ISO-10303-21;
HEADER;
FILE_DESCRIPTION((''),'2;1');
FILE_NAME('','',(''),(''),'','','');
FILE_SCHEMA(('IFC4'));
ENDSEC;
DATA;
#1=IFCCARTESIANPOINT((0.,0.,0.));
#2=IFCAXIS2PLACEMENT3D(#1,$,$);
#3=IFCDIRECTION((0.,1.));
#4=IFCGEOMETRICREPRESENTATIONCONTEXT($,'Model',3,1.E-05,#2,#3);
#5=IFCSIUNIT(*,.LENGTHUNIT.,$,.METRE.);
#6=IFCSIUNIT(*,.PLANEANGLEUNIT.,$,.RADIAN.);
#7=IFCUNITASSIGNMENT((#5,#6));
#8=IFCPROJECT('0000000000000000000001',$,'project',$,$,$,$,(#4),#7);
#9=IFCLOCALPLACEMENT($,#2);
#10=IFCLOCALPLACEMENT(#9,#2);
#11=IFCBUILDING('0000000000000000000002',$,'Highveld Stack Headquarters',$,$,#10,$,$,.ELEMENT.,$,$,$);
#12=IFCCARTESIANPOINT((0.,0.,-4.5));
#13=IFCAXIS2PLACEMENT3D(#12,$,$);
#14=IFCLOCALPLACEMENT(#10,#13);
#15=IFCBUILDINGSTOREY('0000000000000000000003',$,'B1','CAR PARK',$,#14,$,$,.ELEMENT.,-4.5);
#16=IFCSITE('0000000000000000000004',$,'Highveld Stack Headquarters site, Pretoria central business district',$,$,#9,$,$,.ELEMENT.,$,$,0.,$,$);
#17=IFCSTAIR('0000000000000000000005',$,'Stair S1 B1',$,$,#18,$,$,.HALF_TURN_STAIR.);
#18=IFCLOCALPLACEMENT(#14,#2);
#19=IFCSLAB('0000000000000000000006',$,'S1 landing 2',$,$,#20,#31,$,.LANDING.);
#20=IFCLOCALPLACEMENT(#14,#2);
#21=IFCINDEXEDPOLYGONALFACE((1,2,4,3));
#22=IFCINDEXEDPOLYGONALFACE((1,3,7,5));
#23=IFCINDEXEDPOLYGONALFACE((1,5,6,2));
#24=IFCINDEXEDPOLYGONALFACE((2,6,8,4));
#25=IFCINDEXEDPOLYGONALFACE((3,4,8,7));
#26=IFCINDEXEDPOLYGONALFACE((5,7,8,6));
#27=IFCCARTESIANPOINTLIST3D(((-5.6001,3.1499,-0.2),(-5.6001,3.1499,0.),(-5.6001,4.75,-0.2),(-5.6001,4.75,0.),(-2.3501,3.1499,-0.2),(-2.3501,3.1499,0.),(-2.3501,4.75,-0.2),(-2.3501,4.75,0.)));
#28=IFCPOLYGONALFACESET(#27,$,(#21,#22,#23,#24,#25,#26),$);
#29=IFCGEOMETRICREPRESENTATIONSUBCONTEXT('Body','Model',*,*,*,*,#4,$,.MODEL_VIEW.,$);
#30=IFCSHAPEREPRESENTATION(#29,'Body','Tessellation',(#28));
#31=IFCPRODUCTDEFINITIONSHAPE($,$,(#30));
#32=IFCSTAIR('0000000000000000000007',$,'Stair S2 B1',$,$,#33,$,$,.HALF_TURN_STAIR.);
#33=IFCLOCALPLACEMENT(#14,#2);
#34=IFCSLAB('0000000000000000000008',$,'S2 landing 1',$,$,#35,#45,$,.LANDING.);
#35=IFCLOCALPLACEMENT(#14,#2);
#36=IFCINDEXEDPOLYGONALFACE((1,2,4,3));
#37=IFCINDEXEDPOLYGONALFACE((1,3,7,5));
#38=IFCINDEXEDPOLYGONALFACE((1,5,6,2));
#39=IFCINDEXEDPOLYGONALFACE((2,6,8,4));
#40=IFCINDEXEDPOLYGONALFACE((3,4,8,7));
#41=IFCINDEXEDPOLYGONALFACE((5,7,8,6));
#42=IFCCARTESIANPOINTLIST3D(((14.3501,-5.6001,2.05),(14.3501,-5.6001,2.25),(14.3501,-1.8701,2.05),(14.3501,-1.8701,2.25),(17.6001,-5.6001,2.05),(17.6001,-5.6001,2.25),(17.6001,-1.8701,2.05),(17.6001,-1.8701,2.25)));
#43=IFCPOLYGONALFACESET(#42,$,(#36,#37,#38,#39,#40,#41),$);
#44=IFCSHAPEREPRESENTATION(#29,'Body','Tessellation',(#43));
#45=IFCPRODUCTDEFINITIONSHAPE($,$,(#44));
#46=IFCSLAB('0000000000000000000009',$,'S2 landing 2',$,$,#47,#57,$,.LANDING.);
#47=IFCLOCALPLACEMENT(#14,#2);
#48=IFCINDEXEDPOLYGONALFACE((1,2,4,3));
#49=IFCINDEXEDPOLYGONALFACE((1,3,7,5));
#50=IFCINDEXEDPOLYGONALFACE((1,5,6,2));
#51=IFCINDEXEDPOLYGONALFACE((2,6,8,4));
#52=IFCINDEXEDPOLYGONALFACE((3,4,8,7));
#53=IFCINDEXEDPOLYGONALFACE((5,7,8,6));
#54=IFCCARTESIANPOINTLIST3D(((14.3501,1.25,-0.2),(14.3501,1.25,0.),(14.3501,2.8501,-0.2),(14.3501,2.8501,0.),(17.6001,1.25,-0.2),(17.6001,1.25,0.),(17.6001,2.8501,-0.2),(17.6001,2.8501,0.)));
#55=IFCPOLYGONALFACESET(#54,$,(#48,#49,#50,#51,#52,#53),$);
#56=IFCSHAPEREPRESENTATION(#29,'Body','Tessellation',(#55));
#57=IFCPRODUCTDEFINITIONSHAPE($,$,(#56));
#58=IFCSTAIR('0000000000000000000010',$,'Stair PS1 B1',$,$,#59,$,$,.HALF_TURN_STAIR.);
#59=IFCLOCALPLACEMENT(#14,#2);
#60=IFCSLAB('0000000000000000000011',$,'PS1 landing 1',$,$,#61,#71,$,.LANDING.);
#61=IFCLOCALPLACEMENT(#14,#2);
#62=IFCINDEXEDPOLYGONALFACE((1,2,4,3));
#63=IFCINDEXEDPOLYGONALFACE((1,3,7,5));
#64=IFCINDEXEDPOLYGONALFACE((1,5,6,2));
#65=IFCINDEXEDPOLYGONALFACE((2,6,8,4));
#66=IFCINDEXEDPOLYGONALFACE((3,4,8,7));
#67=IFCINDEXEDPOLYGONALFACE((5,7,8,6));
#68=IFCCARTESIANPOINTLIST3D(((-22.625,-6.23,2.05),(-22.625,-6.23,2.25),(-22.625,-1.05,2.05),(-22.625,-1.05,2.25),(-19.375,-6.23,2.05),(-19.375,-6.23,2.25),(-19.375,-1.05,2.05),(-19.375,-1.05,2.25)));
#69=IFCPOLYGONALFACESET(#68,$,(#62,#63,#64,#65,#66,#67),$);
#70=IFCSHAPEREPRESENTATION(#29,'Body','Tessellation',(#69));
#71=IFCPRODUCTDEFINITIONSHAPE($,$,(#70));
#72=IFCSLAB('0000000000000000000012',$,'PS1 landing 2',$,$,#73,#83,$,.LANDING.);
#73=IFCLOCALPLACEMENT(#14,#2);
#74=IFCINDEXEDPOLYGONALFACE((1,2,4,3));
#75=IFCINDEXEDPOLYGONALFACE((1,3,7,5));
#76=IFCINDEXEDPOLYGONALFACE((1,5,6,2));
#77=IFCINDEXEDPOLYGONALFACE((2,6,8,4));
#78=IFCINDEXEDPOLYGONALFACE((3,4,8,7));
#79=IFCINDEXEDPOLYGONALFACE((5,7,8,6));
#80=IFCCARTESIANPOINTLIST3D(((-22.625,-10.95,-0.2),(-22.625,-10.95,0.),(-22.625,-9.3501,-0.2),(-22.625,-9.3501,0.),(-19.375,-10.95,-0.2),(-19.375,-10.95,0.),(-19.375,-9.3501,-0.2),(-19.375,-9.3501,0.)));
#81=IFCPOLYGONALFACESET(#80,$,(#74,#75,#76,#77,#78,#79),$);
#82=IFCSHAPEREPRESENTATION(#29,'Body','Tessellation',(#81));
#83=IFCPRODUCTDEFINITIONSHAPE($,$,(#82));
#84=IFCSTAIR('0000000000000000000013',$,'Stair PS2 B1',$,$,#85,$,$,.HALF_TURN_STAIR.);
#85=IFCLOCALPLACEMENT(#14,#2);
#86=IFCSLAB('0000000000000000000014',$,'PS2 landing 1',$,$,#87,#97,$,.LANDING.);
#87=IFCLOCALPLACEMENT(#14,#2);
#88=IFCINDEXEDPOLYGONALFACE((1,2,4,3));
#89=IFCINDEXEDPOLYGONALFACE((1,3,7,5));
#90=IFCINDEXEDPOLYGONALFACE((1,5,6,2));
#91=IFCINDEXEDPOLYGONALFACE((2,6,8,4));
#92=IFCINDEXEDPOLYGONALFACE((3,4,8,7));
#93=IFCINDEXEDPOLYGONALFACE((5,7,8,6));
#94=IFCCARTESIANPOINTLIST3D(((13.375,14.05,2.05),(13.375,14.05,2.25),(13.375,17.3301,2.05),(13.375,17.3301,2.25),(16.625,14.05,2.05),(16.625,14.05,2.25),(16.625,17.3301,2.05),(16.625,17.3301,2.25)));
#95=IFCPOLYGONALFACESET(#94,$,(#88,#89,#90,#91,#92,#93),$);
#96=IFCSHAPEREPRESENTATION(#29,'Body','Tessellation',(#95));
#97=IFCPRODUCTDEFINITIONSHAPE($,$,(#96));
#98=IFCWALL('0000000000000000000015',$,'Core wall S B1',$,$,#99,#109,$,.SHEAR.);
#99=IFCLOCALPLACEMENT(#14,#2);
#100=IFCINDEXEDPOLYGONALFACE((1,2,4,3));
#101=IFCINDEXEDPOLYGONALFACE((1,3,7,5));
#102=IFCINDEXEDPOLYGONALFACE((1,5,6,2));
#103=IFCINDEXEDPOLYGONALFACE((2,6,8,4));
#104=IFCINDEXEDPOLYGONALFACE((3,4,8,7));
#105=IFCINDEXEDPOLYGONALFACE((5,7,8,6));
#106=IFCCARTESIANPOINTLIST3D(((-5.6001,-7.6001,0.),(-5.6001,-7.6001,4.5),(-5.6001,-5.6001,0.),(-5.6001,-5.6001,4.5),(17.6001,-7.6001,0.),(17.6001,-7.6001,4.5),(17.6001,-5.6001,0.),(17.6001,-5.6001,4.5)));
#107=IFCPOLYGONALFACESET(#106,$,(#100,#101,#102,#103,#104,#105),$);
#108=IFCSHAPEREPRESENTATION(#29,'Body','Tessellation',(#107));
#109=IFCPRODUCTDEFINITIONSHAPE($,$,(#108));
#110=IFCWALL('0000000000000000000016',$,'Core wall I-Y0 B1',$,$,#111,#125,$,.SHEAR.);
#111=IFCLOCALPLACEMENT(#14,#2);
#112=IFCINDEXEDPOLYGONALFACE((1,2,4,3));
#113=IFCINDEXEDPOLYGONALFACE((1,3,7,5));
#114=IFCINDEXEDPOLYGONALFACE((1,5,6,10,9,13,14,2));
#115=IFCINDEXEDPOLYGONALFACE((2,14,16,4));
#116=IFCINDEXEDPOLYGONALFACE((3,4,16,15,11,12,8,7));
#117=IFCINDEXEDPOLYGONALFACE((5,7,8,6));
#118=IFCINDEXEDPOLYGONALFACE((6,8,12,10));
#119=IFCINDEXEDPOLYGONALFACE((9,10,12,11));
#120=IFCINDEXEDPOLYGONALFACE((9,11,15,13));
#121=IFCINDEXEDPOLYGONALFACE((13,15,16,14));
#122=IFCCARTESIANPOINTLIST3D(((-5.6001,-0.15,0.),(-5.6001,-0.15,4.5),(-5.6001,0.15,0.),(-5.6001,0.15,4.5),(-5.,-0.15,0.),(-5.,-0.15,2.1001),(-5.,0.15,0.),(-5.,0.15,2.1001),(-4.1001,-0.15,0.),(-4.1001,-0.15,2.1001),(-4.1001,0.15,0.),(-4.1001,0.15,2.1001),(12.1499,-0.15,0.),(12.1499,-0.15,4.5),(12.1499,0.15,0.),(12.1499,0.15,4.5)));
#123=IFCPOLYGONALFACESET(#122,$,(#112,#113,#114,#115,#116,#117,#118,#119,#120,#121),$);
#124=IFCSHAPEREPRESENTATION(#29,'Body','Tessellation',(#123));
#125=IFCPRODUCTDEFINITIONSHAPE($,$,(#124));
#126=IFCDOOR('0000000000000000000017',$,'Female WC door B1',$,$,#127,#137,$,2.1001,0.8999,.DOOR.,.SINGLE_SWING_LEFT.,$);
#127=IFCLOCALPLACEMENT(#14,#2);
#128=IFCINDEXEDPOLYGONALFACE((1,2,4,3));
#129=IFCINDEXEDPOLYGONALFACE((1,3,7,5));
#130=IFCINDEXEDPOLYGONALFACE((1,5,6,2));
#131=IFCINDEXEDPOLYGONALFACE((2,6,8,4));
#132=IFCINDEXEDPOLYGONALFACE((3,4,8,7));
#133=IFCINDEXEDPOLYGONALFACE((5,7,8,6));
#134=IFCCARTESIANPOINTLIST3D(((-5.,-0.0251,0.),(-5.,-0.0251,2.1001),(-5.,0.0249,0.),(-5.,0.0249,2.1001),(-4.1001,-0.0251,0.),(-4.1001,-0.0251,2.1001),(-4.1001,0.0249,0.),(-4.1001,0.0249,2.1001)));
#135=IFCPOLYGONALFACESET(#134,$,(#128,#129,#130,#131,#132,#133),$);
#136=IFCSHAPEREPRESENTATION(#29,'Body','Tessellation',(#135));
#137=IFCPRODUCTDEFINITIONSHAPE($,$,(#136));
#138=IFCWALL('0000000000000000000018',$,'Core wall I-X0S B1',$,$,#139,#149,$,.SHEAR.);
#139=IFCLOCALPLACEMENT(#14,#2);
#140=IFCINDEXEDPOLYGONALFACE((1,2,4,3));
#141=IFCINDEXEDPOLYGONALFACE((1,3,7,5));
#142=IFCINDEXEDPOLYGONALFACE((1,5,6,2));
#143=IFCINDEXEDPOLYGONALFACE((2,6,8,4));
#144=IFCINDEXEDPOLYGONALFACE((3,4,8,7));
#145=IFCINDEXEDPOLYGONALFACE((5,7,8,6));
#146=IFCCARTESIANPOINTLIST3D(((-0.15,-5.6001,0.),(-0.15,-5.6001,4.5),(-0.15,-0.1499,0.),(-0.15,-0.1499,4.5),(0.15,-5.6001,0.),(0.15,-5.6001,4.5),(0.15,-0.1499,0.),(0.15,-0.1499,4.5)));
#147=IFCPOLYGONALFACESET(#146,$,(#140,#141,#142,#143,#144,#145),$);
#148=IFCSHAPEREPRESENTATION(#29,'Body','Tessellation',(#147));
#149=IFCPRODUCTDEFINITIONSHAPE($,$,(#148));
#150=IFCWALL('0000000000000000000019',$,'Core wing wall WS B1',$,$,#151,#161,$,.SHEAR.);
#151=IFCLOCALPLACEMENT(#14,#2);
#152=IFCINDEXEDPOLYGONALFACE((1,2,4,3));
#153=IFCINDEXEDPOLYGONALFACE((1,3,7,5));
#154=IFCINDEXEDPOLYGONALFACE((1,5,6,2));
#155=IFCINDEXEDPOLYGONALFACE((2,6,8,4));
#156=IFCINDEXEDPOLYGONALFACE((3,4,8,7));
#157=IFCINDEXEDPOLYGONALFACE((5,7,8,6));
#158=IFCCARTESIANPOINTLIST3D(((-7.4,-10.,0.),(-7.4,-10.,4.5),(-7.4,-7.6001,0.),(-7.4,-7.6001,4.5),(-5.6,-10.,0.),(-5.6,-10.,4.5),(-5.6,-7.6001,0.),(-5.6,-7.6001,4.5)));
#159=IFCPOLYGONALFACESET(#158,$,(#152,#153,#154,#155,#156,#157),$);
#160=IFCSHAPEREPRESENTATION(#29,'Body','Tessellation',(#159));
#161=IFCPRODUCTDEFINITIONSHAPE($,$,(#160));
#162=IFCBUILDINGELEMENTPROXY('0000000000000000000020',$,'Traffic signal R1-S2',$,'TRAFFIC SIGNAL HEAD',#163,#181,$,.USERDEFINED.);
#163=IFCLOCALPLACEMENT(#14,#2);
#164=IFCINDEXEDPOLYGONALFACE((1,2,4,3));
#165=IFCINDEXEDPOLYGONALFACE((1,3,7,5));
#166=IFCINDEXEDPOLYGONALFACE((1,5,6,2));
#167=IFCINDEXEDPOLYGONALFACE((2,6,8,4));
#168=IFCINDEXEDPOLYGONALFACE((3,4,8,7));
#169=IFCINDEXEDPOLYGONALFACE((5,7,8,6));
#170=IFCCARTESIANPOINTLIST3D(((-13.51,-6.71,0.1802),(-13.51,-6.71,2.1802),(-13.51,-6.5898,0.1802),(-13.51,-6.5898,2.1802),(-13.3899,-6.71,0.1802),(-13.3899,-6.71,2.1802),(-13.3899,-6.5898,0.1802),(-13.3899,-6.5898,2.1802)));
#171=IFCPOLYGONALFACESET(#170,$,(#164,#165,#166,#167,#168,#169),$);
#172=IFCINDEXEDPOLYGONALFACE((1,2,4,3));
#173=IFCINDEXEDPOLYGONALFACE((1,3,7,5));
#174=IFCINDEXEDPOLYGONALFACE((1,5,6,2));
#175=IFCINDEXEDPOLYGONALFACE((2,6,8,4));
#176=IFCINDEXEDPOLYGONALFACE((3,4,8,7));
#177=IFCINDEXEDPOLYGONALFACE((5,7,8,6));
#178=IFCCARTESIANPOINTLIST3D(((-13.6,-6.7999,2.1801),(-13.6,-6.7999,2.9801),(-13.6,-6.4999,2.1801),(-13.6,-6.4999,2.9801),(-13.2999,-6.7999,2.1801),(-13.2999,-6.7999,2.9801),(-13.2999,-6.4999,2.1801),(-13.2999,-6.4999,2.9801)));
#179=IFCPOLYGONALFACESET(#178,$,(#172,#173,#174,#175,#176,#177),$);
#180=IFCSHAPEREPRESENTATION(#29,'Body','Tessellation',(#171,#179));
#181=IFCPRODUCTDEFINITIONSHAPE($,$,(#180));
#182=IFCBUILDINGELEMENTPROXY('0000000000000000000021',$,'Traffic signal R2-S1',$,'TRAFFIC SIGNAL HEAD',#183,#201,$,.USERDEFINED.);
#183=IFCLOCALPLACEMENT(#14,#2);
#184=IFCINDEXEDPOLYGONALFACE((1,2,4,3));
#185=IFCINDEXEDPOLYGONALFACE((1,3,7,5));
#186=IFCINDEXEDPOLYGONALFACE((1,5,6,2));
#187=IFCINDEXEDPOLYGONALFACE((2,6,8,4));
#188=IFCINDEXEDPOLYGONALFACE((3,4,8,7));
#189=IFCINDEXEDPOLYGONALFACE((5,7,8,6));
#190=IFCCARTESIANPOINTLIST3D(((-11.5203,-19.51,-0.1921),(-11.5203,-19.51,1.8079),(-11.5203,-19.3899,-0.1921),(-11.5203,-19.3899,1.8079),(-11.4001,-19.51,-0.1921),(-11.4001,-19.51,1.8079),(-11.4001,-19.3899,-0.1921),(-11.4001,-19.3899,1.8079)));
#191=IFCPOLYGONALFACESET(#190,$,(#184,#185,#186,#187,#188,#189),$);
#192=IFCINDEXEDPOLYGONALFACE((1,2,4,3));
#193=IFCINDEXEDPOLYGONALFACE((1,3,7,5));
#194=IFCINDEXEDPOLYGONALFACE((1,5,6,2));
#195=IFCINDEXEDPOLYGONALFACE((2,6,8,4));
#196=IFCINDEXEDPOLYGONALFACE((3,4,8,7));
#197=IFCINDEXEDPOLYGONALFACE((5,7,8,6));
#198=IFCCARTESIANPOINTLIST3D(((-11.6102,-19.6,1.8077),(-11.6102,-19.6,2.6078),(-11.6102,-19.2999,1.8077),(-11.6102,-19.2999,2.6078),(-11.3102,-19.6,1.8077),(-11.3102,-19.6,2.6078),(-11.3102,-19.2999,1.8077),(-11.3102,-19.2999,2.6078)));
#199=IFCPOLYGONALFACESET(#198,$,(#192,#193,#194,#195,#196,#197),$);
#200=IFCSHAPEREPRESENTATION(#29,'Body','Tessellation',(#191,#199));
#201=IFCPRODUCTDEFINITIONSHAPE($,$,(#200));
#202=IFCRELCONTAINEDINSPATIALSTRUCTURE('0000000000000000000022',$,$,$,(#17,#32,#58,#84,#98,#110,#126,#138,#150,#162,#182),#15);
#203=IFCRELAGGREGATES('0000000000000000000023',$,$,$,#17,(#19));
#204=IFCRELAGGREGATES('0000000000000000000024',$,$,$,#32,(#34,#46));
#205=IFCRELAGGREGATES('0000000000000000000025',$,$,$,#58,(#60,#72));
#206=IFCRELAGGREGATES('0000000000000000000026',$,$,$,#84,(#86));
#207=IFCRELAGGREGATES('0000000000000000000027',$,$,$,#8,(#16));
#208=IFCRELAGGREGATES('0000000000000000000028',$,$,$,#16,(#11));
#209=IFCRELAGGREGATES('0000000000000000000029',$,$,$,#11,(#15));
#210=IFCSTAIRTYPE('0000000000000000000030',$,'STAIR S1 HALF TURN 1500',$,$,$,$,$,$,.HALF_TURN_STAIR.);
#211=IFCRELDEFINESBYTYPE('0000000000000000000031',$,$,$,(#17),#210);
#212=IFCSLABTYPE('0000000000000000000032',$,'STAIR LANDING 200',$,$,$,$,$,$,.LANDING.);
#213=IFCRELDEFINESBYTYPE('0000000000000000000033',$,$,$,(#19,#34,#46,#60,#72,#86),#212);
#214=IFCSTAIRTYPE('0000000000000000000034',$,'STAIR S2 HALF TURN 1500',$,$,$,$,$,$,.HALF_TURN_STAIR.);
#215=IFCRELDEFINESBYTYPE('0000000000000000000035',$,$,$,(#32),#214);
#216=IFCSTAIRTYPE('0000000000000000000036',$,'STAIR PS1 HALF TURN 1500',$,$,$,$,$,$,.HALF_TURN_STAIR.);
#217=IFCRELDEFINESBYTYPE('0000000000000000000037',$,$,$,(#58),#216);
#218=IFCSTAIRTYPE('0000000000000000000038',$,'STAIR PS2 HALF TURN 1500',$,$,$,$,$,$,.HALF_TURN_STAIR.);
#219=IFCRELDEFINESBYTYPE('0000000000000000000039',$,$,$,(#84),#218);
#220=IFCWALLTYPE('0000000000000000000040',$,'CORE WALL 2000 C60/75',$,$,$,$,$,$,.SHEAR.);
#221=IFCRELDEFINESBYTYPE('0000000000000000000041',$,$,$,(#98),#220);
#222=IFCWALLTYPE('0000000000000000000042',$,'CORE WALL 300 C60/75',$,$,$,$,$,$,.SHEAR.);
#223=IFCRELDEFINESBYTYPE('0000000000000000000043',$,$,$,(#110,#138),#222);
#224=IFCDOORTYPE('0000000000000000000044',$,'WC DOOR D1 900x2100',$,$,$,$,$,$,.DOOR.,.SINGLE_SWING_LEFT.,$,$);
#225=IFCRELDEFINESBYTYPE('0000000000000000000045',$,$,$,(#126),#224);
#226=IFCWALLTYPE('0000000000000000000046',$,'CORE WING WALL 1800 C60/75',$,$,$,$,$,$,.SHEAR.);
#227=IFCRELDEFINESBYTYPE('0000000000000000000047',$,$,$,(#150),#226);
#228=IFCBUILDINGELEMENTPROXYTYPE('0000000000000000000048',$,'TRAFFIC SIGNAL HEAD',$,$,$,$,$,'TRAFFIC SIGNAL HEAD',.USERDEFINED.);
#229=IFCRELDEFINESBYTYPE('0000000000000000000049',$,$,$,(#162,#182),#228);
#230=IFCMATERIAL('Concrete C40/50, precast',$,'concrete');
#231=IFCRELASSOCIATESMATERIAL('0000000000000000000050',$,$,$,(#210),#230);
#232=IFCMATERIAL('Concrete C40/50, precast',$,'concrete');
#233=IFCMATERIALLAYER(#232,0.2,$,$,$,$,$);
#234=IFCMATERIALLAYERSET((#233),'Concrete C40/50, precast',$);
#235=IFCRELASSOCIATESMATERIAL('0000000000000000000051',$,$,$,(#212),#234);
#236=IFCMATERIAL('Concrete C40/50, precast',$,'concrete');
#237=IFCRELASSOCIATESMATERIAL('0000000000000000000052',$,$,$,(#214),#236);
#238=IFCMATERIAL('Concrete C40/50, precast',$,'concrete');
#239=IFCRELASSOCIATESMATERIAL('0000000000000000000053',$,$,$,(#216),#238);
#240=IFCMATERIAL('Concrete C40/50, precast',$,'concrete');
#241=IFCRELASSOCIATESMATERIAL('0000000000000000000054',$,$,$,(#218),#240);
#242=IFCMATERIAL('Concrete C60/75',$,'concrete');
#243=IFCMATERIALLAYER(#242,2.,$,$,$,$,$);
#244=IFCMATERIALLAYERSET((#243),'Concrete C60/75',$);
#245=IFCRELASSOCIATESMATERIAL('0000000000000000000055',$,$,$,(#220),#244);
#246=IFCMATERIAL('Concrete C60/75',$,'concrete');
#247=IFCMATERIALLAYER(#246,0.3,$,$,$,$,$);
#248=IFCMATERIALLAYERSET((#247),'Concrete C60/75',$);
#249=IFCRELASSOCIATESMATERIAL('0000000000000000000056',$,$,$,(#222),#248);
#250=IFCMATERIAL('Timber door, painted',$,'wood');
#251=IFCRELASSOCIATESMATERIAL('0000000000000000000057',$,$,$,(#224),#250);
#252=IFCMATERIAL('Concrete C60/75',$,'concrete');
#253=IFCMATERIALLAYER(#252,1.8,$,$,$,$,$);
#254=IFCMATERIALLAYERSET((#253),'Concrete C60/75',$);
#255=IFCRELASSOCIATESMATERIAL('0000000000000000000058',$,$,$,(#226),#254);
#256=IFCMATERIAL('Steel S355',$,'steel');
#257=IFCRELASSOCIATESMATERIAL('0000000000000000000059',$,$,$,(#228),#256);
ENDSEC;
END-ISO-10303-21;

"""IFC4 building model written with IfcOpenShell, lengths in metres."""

from ifc_helpers import new_model, si_unit, direction, frame, frame_2d, origin, origin_2d, place, context, subcontext, project, spatial, polyline, rectangle, outline, extrude, material, layer, layer_set, type_object, element, fill, aggregate, save


model = new_model("IFC4")

# Units and contexts
model_context = context("Model", 3, precision=1e-05, world=origin(), true_north=direction((0.0, 1.0)))
body_context = subcontext(model_context, "Body", "Model", "MODEL_VIEW")
ifc_project = project(units=[si_unit("LENGTHUNIT", "METRE"), si_unit("PLANEANGLEUNIT", "RADIAN")], contexts=[model_context])

# Site, building, storey
site_placement = place(None, origin())
site = spatial("IfcSite", under=ifc_project, at=site_placement, Name="Highveld Stack Headquarters site, Pretoria central business district", CompositionType="ELEMENT", RefElevation=0.0)
building_placement = place(site_placement, origin())
building = spatial("IfcBuilding", under=site, at=building_placement, Name="Highveld Stack Headquarters", CompositionType="ELEMENT")
storey_placement = place(building_placement, frame((0.0, 0.0, -4.5)))
storey = spatial("IfcBuildingStorey", under=building, at=storey_placement, Name="B1", Description="CAR PARK", CompositionType="ELEMENT", Elevation=-4.5)

# Stairs, slabs
ifc_material_1 = material(Name="Concrete C40/50, precast", Category="concrete")
stair_type_1 = type_object("IfcStairType", Name="STAIR S1 HALF TURN 1500", PredefinedType="HALF_TURN_STAIR", material=ifc_material_1)
stair_1_placement = place(storey_placement, origin())
stair_1 = element("IfcStair", 1, at=stair_1_placement, inside=storey, type_object=stair_type_1, Name="Stair S1 B1", PredefinedType="HALF_TURN_STAIR")
ifc_material_2 = material(Name="Concrete C40/50, precast", Category="concrete")
ifc_layer_1 = layer(ifc_material_2, 0.2)
ifc_layer_set_1 = layer_set([ifc_layer_1], Name="Concrete C40/50, precast")
slab_type_1 = type_object("IfcSlabType", Name="STAIR LANDING 200", PredefinedType="LANDING", material=ifc_layer_set_1)
slab_1_placement = place(storey_placement, frame((0.0, 0.0, -0.2)))
slab_1 = element("IfcSlab", 2, at=slab_1_placement, type_object=slab_type_1, Name="S1 landing 2", PredefinedType="LANDING", context=body_context, shape_type="SweptSolid", body=[
    extrude(outline(polyline([(-5.6001, 3.1499), (-2.3501, 3.1499), (-2.3501, 4.75), (-5.6001, 4.75), (-5.6001, 3.1499)])), origin(), (0.0, 0.0, 1.0), 0.2),
])
aggregate(stair_1, [slab_1])
ifc_material_3 = material(Name="Concrete C40/50, precast", Category="concrete")
stair_type_2 = type_object("IfcStairType", Name="STAIR S2 HALF TURN 1500", PredefinedType="HALF_TURN_STAIR", material=ifc_material_3)
stair_2_placement = place(storey_placement, origin())
stair_2 = element("IfcStair", 3, at=stair_2_placement, inside=storey, type_object=stair_type_2, Name="Stair S2 B1", PredefinedType="HALF_TURN_STAIR")
slab_2_placement = place(storey_placement, frame((0.0, 0.0, 2.05)))
slab_2 = element("IfcSlab", 4, at=slab_2_placement, type_object=slab_type_1, Name="S2 landing 1", PredefinedType="LANDING", context=body_context, shape_type="SweptSolid", body=[
    extrude(outline(polyline([(14.3501, -5.6001), (17.6001, -5.6001), (17.6001, -1.8701), (14.3501, -1.8701), (14.3501, -5.6001)])), origin(), (0.0, 0.0, 1.0), 0.2),
])
slab_3_placement = place(storey_placement, frame((0.0, 0.0, -0.2)))
slab_3 = element("IfcSlab", 5, at=slab_3_placement, type_object=slab_type_1, Name="S2 landing 2", PredefinedType="LANDING", context=body_context, shape_type="SweptSolid", body=[
    extrude(outline(polyline([(14.3501, 1.25), (17.6001, 1.25), (17.6001, 2.8501), (14.3501, 2.8501), (14.3501, 1.25)])), origin(), (0.0, 0.0, 1.0), 0.2),
])
aggregate(stair_2, [slab_2, slab_3])
ifc_material_4 = material(Name="Concrete C40/50, precast", Category="concrete")
stair_type_3 = type_object("IfcStairType", Name="STAIR PS1 HALF TURN 1500", PredefinedType="HALF_TURN_STAIR", material=ifc_material_4)
stair_3_placement = place(storey_placement, origin())
stair_3 = element("IfcStair", 6, at=stair_3_placement, inside=storey, type_object=stair_type_3, Name="Stair PS1 B1", PredefinedType="HALF_TURN_STAIR")
slab_4_placement = place(storey_placement, frame((0.0, 0.0, 2.05)))
slab_4 = element("IfcSlab", 7, at=slab_4_placement, type_object=slab_type_1, Name="PS1 landing 1", PredefinedType="LANDING", context=body_context, shape_type="SweptSolid", body=[
    extrude(outline(polyline([(-22.625, -6.23), (-19.375, -6.23), (-19.375, -1.05), (-22.625, -1.05), (-22.625, -6.23)])), origin(), (0.0, 0.0, 1.0), 0.2),
])
slab_5_placement = place(storey_placement, frame((0.0, 0.0, -0.2)))
slab_5 = element("IfcSlab", 8, at=slab_5_placement, type_object=slab_type_1, Name="PS1 landing 2", PredefinedType="LANDING", context=body_context, shape_type="SweptSolid", body=[
    extrude(outline(polyline([(-22.625, -10.95), (-19.375, -10.95), (-19.375, -9.3501), (-22.625, -9.3501), (-22.625, -10.95)])), origin(), (0.0, 0.0, 1.0), 0.2),
])
aggregate(stair_3, [slab_4, slab_5])

# Stair, slab
ifc_material_5 = material(Name="Concrete C40/50, precast", Category="concrete")
stair_type_4 = type_object("IfcStairType", Name="STAIR PS2 HALF TURN 1500", PredefinedType="HALF_TURN_STAIR", material=ifc_material_5)
stair_4_placement = place(storey_placement, origin())
stair_4 = element("IfcStair", 9, at=stair_4_placement, inside=storey, type_object=stair_type_4, Name="Stair PS2 B1", PredefinedType="HALF_TURN_STAIR")
slab_6_placement = place(storey_placement, frame((0.0, 0.0, 2.05)))
slab_6 = element("IfcSlab", 10, at=slab_6_placement, type_object=slab_type_1, Name="PS2 landing 1", PredefinedType="LANDING", context=body_context, shape_type="SweptSolid", body=[
    extrude(outline(polyline([(13.375, 14.05), (16.625, 14.05), (16.625, 17.3301), (13.375, 17.3301), (13.375, 14.05)])), origin(), (0.0, 0.0, 1.0), 0.2),
])
aggregate(stair_4, [slab_6])

# Wall
ifc_material_6 = material(Name="Concrete C60/75", Category="concrete")
ifc_layer_2 = layer(ifc_material_6, 2.0)
ifc_layer_set_2 = layer_set([ifc_layer_2], Name="Concrete C60/75")
wall_type_1 = type_object("IfcWallType", Name="CORE WALL 2000 C60/75", PredefinedType="SHEAR", material=ifc_layer_set_2)
wall_1_placement = place(storey_placement, frame((-5.6001, -6.6001, 0.0), z_axis=(0.0, 0.0, 1.0), x_axis=(1.0, 0.0, 0.0)))
element("IfcWall", 11, at=wall_1_placement, inside=storey, type_object=wall_type_1, Name="Core wall S B1", PredefinedType="SHEAR", context=body_context, shape_type="SweptSolid", body=[
    extrude(rectangle(XDim=23.2002, YDim=2.0, at=frame_2d((11.6001, 0.0))), origin(), (0.0, 0.0, 1.0), 4.5),
])

# Wall, opening, door
ifc_material_7 = material(Name="Concrete C60/75", Category="concrete")
ifc_layer_3 = layer(ifc_material_7, 0.3)
ifc_layer_set_3 = layer_set([ifc_layer_3], Name="Concrete C60/75")
wall_type_2 = type_object("IfcWallType", Name="CORE WALL 300 C60/75", PredefinedType="SHEAR", material=ifc_layer_set_3)
wall_2_placement = place(storey_placement, frame((-5.6001, 0.0, 0.0), z_axis=(0.0, 0.0, 1.0), x_axis=(1.0, 0.0, 0.0)))
wall_2 = element("IfcWall", 12, at=wall_2_placement, inside=storey, type_object=wall_type_2, Name="Core wall I-Y0 B1", PredefinedType="SHEAR", context=body_context, shape_type="SweptSolid", body=[
    extrude(rectangle(XDim=17.75, YDim=0.3, at=frame_2d((8.875, 0.0))), origin(), (0.0, 0.0, 1.0), 4.5),
])
opening_1_placement = place(wall_2_placement, frame((0.6001, 0.0, 0.0)))
opening_1 = element("IfcOpeningElement", 13, at=opening_1_placement, cuts=wall_2, PredefinedType="OPENING", context=body_context, shape_type="SweptSolid", body=[
    extrude(rectangle(XDim=0.8999, YDim=2.1001, at=frame_2d((0.45, 1.05))), frame((0.0, 0.1599, 0.0), z_axis=(0.0, -1.0, 0.0), x_axis=(1.0, 0.0, 0.0)), (0.0, 0.0, 1.0), 0.3201),
])
ifc_material_8 = material(Name="Timber door, painted", Category="wood")
door_type_1 = type_object("IfcDoorType", Name="WC DOOR D1 900x2100", OperationType="SINGLE_SWING_LEFT", PredefinedType="DOOR", material=ifc_material_8)
door_1_placement = place(opening_1_placement, origin())
door_1 = element("IfcDoor", 14, at=door_1_placement, inside=storey, type_object=door_type_1, Name="Female WC door B1", OperationType="SINGLE_SWING_LEFT", OverallHeight=2.1001, OverallWidth=0.8999, PredefinedType="DOOR", context=body_context, shape_type="SweptSolid", body=[
    extrude(rectangle(XDim=0.8999, YDim=2.1001, at=frame_2d((0.45, 1.05))), frame((0.0, 0.0249, 0.0), z_axis=(0.0, -1.0, 0.0), x_axis=(1.0, 0.0, 0.0)), (0.0, 0.0, 1.0), 0.05),
])
fill(opening_1, door_1)

# Walls
wall_3_placement = place(storey_placement, frame((0.0, -5.6001, 0.0), z_axis=(0.0, 0.0, 1.0), x_axis=(0.0, 1.0, 0.0)))
element("IfcWall", 15, at=wall_3_placement, inside=storey, type_object=wall_type_2, Name="Core wall I-X0S B1", PredefinedType="SHEAR", context=body_context, shape_type="SweptSolid", body=[
    extrude(rectangle(XDim=5.4502, YDim=0.3, at=frame_2d((2.7251, 0.0))), origin(), (0.0, 0.0, 1.0), 4.5),
])
ifc_material_9 = material(Name="Concrete C60/75", Category="concrete")
ifc_layer_4 = layer(ifc_material_9, 1.8)
ifc_layer_set_4 = layer_set([ifc_layer_4], Name="Concrete C60/75")
wall_type_3 = type_object("IfcWallType", Name="CORE WING WALL 1800 C60/75", PredefinedType="SHEAR", material=ifc_layer_set_4)
wall_4_placement = place(storey_placement, frame((-6.5, -10.0, 0.0), z_axis=(0.0, 0.0, 1.0), x_axis=(0.0, 1.0, 0.0)))
element("IfcWall", 16, at=wall_4_placement, inside=storey, type_object=wall_type_3, Name="Core wing wall WS B1", PredefinedType="SHEAR", context=body_context, shape_type="SweptSolid", body=[
    extrude(rectangle(XDim=2.3999, YDim=1.8, at=frame_2d((1.2, 0.0))), origin(), (0.0, 0.0, 1.0), 4.5),
])

# Building element proxies
ifc_material_10 = material(Name="Steel S355", Category="steel")
building_element_proxy_type = type_object("IfcBuildingElementProxyType", Name="TRAFFIC SIGNAL HEAD", ElementType="TRAFFIC SIGNAL HEAD", PredefinedType="USERDEFINED", material=ifc_material_10)
for number, where, z_axis, x_axis, name in (
    (17, (-13.45, -6.6499, 0.1802), (0.0, 0.0, 1.0), (1.0, 0.0, 0.0), "Traffic signal R1-S2"),
    (18, (-11.4602, -19.45, -0.1921), (0.0, 0.0, 1.0), (1.0, 0.0, 0.0), "Traffic signal R2-S1"),
):
    element("IfcBuildingElementProxy", number, at=place(storey_placement, frame(where, z_axis=z_axis, x_axis=x_axis)), inside=storey, type_object=building_element_proxy_type, Name=name, ObjectType="TRAFFIC SIGNAL HEAD", PredefinedType="USERDEFINED", context=body_context, shape_type="SweptSolid", body=[
        extrude(rectangle(XDim=0.1201, YDim=0.1201, at=origin_2d()), origin(), (0.0, 0.0, 1.0), 2.0),
        extrude(rectangle(XDim=0.3, YDim=0.3, at=origin_2d()), frame((0.0, 0.0, 1.9999)), (0.0, 0.0, 1.0), 0.8),
    ])

save(model, "model.ifc")
